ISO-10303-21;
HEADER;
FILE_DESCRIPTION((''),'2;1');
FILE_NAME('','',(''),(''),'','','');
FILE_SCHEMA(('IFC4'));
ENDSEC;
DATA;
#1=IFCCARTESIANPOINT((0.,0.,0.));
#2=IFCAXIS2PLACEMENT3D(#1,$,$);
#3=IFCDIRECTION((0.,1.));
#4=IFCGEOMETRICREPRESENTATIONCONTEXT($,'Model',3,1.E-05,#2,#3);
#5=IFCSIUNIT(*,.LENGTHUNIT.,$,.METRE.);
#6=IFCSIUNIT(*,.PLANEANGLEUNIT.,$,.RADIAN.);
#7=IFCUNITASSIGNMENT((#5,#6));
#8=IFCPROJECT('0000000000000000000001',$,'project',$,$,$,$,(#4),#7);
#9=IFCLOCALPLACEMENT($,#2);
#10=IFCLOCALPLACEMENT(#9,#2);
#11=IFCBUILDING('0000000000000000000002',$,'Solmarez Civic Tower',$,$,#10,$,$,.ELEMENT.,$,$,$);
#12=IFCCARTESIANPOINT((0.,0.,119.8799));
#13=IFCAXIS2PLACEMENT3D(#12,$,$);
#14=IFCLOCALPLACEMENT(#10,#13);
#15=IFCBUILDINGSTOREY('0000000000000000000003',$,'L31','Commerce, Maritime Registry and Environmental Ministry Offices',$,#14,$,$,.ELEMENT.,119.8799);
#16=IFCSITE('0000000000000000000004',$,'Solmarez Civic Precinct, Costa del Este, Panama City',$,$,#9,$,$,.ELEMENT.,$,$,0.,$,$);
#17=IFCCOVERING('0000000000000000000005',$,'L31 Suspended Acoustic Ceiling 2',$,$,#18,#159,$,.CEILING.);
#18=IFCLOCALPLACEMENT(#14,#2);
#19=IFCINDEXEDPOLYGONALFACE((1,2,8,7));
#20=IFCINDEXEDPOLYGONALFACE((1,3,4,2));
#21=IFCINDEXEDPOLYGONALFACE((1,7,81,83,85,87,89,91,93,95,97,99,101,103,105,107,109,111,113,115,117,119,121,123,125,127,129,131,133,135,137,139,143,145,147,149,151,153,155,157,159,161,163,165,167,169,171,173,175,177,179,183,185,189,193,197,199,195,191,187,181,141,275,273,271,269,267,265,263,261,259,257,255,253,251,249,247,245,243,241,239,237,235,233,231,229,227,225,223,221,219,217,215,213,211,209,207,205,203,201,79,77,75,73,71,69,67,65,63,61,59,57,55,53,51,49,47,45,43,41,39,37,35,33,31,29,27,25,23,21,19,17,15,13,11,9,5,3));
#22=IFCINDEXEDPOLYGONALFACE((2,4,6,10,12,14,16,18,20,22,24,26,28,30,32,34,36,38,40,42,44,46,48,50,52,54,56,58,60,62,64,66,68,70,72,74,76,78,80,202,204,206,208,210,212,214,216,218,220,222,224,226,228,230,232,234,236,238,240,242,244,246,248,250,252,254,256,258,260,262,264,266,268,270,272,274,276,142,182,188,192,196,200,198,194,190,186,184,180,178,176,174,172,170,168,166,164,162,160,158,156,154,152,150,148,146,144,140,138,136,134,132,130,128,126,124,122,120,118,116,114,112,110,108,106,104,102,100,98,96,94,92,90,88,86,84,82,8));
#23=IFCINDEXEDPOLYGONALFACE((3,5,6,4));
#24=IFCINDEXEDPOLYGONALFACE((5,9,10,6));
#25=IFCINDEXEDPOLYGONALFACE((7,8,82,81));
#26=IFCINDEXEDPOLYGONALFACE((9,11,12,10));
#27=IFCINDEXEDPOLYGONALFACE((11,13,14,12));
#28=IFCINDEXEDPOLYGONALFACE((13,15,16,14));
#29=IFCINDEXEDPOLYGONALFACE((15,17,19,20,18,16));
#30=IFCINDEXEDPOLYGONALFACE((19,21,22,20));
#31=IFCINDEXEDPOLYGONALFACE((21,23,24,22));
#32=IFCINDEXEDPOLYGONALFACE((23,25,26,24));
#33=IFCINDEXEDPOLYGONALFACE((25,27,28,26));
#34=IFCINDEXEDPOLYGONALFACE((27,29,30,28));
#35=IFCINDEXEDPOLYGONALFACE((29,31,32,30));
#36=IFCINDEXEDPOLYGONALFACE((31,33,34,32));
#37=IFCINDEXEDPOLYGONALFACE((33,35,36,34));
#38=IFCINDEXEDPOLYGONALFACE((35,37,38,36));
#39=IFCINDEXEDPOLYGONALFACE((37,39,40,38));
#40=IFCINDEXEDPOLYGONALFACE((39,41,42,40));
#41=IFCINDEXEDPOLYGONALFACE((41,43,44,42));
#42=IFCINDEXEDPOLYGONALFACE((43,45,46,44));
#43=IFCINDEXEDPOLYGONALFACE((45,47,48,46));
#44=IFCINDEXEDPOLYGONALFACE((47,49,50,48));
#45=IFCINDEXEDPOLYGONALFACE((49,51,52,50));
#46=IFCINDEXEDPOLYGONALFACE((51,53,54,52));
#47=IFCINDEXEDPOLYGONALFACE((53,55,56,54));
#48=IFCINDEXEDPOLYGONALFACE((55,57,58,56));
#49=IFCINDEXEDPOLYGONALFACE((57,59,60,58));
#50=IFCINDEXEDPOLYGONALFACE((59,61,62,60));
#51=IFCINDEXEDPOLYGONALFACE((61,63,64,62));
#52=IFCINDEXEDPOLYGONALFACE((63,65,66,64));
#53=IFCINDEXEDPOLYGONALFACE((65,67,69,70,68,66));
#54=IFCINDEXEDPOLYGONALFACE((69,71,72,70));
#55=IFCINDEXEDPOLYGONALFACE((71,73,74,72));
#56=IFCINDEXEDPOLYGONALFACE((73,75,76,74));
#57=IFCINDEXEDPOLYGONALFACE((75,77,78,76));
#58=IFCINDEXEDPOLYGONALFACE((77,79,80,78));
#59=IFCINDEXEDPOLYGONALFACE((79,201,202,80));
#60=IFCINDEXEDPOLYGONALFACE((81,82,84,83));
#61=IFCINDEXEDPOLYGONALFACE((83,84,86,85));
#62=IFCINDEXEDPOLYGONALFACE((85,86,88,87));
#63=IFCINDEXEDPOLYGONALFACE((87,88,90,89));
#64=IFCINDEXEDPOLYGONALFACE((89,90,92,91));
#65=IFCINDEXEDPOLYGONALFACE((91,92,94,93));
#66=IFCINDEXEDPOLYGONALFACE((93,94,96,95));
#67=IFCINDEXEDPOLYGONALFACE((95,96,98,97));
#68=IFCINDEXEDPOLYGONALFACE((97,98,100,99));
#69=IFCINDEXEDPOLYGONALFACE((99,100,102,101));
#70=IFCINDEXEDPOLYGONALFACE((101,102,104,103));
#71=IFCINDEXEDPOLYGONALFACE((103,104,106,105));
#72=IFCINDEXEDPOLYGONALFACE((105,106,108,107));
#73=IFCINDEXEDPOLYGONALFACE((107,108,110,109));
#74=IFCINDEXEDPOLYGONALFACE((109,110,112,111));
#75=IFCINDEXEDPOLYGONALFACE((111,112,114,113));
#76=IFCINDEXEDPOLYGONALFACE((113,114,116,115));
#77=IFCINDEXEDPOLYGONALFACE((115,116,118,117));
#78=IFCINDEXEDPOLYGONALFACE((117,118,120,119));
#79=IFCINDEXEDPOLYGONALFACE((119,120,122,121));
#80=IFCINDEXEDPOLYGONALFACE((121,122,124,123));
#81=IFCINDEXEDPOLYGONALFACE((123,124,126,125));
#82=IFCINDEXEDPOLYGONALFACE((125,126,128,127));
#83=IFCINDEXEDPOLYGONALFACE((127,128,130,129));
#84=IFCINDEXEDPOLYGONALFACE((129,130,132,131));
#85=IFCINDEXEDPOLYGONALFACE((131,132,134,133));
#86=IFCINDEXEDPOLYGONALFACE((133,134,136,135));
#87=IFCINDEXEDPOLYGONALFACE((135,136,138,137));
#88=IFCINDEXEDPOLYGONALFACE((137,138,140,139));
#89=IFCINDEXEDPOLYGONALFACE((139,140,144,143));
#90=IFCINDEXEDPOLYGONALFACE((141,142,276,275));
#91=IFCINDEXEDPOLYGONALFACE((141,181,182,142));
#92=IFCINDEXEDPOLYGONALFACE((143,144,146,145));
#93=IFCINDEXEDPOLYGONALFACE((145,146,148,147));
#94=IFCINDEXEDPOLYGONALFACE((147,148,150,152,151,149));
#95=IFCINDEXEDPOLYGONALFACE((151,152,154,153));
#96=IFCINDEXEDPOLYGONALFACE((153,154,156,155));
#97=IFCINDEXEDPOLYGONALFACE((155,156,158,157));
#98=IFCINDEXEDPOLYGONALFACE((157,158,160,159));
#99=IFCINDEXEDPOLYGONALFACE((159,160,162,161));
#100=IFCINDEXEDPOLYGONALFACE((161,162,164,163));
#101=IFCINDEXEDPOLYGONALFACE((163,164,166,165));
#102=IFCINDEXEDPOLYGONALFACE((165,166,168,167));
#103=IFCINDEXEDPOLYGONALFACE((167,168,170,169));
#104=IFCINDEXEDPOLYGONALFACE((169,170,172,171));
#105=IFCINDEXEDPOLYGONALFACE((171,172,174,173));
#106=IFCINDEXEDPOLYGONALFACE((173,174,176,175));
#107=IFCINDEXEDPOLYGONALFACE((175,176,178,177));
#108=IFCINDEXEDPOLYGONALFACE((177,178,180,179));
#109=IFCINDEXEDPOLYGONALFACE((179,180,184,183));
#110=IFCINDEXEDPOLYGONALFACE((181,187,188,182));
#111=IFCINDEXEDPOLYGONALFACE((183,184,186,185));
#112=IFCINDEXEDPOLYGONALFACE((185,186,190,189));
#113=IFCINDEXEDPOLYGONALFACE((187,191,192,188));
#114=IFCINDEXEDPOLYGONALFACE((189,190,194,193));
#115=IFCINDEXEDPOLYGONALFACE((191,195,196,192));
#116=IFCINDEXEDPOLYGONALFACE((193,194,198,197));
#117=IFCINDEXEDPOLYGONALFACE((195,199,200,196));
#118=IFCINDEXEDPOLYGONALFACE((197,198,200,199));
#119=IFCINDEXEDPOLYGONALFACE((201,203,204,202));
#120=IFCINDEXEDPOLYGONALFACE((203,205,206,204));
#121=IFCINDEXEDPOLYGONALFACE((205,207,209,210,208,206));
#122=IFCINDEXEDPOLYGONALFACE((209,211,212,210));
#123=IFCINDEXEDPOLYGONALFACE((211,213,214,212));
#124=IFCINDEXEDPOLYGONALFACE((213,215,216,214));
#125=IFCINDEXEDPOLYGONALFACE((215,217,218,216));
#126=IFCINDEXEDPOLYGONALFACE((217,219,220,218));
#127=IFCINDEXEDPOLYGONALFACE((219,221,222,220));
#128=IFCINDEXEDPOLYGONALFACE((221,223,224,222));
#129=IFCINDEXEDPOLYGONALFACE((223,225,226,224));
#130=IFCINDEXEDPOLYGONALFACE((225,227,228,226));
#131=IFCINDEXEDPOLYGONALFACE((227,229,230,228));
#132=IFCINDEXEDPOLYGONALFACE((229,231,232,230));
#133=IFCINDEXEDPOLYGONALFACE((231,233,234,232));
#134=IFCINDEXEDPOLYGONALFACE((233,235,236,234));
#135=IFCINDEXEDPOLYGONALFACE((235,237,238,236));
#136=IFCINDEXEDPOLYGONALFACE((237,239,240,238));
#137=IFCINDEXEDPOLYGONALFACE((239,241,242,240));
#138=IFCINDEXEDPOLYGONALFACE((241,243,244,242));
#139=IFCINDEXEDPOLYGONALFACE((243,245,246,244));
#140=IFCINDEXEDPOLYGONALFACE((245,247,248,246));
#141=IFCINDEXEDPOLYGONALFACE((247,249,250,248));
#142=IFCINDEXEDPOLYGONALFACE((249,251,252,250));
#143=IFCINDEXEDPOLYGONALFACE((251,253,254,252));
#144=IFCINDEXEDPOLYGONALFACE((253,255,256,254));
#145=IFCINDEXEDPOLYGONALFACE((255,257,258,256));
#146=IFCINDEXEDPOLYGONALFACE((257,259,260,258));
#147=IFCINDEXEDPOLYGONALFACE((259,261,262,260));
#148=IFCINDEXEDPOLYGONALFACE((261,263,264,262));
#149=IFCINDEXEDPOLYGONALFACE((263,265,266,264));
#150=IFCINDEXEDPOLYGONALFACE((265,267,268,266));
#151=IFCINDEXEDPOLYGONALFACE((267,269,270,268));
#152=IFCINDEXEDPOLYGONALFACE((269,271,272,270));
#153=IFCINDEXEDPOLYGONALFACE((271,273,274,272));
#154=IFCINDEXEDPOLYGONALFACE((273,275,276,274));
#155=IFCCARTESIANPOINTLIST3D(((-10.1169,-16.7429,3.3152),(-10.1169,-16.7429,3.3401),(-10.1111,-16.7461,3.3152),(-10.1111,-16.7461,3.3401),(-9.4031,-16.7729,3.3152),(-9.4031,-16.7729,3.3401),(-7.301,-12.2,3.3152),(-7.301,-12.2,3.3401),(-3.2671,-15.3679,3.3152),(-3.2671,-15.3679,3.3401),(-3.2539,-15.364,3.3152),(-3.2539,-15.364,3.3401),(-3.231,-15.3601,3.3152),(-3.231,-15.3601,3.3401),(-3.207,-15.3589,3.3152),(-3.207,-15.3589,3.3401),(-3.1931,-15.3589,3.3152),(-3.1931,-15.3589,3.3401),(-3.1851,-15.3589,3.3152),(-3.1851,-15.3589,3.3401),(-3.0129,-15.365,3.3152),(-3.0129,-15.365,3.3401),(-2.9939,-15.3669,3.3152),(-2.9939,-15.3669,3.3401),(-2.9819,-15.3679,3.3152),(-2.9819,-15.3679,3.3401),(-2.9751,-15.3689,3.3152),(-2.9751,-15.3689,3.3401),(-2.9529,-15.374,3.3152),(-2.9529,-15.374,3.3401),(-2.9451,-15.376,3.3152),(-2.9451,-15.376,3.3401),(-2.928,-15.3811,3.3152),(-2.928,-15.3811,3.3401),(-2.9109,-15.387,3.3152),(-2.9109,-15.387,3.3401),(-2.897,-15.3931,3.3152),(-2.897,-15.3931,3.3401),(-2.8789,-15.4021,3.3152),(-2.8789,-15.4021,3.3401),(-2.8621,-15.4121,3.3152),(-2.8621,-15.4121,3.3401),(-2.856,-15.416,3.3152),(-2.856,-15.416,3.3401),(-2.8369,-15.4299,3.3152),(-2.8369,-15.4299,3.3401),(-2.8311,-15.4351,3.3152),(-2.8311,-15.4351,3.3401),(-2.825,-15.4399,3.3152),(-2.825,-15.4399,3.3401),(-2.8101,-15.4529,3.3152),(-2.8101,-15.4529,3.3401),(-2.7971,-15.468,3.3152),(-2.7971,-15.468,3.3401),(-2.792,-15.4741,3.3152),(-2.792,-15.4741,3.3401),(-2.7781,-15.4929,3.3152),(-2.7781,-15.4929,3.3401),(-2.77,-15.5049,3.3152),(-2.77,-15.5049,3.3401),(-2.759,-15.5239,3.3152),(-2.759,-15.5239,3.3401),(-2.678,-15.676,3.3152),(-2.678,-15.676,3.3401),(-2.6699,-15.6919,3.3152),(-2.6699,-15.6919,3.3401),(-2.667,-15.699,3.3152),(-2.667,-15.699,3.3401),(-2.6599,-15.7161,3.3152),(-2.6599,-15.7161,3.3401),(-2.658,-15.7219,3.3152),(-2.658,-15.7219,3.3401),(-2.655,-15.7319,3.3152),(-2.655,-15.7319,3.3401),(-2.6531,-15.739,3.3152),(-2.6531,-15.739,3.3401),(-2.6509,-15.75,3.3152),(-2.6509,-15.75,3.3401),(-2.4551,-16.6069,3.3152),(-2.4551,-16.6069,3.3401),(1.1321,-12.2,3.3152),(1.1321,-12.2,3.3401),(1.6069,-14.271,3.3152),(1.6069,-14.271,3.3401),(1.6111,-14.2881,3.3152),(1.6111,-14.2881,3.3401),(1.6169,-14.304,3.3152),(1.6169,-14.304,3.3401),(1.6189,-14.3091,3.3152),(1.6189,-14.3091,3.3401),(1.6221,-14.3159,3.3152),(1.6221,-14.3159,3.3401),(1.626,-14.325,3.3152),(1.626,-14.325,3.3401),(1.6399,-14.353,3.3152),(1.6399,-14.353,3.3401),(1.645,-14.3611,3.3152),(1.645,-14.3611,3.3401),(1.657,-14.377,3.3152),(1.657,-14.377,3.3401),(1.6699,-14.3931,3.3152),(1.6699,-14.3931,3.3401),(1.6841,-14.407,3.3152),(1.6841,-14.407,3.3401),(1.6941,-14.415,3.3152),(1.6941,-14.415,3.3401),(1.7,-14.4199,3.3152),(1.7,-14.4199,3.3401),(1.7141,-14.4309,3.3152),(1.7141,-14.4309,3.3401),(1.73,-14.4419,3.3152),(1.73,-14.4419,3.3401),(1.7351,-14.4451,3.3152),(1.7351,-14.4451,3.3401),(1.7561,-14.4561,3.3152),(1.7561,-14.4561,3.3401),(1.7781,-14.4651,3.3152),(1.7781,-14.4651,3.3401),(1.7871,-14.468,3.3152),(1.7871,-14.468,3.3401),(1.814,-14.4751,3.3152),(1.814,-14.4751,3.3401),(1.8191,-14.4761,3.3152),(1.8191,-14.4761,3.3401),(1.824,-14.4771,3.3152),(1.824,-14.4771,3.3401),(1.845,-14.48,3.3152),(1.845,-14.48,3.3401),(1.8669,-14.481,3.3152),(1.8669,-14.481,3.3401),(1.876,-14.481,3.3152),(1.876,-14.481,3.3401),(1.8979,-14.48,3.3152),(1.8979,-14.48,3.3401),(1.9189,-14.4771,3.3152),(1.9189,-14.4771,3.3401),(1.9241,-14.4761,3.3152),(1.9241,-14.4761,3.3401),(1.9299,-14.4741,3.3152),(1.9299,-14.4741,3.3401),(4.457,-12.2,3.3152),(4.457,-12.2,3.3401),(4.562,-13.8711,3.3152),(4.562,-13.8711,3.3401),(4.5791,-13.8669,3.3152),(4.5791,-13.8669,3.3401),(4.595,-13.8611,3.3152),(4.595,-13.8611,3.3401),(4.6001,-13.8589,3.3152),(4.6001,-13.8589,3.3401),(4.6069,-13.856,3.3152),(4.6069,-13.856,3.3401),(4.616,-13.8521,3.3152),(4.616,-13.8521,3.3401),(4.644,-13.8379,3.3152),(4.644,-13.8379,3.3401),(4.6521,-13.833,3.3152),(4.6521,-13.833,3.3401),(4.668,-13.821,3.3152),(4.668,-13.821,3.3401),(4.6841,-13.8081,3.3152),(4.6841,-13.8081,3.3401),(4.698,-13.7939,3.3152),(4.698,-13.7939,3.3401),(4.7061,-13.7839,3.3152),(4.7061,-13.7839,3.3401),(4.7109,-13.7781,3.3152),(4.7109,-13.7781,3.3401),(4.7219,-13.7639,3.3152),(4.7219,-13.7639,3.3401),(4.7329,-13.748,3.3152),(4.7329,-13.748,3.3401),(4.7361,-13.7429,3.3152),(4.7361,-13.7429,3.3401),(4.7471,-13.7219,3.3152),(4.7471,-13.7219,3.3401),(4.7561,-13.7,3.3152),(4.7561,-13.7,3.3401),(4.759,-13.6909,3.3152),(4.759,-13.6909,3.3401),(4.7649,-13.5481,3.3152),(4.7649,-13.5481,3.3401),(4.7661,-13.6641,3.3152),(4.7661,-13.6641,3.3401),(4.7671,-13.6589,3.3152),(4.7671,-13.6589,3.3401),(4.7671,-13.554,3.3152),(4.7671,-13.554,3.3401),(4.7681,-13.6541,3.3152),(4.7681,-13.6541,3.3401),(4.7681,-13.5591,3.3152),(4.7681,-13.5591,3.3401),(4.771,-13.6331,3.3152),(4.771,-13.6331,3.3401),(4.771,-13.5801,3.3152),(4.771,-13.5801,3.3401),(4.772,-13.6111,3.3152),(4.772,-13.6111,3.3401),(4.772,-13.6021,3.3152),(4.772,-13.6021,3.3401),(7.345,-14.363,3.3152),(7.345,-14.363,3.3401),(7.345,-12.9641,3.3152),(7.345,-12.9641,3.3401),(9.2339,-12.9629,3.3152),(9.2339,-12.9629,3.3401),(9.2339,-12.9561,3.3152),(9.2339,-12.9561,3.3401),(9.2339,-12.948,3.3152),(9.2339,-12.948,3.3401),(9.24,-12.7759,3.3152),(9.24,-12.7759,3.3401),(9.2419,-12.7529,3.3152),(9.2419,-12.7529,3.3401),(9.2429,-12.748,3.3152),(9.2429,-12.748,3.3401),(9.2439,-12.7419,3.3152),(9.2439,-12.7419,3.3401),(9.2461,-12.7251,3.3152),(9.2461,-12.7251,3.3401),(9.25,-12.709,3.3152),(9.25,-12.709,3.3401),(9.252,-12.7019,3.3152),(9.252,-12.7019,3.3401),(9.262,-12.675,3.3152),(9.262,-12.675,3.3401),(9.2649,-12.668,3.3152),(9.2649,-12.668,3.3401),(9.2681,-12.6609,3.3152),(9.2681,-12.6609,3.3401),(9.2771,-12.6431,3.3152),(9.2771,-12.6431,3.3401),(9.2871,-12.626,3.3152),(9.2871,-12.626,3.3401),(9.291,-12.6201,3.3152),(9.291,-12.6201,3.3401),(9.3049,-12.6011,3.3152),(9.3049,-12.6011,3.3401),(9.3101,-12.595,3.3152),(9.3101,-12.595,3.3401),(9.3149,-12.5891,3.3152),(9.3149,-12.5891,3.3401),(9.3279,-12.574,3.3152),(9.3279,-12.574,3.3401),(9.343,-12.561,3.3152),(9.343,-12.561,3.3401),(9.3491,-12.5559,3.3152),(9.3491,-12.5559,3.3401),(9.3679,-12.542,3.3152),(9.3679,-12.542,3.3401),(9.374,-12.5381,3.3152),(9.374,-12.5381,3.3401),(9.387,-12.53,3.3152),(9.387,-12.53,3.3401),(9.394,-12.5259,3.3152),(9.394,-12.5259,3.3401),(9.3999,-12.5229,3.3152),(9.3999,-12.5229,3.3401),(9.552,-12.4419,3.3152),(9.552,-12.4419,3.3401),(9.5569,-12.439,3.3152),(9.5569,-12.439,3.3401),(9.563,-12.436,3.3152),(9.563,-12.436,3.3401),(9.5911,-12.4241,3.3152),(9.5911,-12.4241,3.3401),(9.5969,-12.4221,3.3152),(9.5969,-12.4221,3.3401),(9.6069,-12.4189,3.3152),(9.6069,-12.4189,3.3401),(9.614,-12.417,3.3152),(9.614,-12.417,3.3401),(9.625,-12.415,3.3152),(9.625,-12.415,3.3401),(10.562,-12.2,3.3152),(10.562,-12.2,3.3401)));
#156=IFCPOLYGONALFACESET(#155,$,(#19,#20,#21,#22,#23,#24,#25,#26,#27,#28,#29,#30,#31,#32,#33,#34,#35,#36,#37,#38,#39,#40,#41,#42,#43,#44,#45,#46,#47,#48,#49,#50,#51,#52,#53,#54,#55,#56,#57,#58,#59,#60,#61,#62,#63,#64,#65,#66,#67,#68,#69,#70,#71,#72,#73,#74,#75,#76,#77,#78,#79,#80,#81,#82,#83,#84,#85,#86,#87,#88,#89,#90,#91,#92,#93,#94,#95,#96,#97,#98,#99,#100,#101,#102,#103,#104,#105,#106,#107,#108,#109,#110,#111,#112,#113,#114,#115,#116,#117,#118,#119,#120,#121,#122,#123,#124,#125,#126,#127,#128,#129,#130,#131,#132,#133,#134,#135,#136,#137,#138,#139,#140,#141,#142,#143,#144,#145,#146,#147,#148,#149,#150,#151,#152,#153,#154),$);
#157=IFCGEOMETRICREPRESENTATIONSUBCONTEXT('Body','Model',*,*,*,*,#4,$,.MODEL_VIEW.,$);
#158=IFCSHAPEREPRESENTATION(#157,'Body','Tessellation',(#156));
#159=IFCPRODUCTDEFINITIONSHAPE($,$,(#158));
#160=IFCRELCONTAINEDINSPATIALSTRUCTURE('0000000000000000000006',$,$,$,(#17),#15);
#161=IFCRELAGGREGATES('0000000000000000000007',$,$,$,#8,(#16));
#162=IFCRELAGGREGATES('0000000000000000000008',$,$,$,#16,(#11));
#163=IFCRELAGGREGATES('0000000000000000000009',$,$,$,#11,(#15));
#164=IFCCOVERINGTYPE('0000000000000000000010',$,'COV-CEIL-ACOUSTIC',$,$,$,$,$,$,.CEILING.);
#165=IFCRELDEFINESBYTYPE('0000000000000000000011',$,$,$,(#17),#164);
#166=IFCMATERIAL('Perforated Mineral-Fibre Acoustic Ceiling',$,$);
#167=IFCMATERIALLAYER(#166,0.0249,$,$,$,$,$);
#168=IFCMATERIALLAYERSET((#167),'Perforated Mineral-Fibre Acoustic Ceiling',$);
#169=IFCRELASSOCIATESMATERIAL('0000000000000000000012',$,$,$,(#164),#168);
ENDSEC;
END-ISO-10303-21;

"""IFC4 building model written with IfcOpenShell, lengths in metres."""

from ifc_helpers import new_model, si_unit, direction, frame, origin, place, context, subcontext, project, spatial, polyline, outline, extrude, material, layer, layer_set, type_object, element, save


model = new_model("IFC4")

# Units and contexts
model_context = context("Model", 3, precision=1e-05, world=origin(), true_north=direction((0.0, 1.0)))
body_context = subcontext(model_context, "Body", "Model", "MODEL_VIEW")
ifc_project = project(units=[si_unit("LENGTHUNIT", "METRE"), si_unit("PLANEANGLEUNIT", "RADIAN")], contexts=[model_context])

# Site, building, storey
site_placement = place(None, origin())
site = spatial("IfcSite", under=ifc_project, at=site_placement, Name="Solmarez Civic Precinct, Costa del Este, Panama City", CompositionType="ELEMENT", RefElevation=0.0)
building_placement = place(site_placement, origin())
building = spatial("IfcBuilding", under=site, at=building_placement, Name="Solmarez Civic Tower", CompositionType="ELEMENT")
storey_placement = place(building_placement, frame((0.0, 0.0, 119.8799)))
storey = spatial("IfcBuildingStorey", under=building, at=storey_placement, Name="L31", Description="Commerce, Maritime Registry and Environmental Ministry Offices", CompositionType="ELEMENT", Elevation=119.8799)

# Covering
ifc_material_1 = material(Name="Perforated Mineral-Fibre Acoustic Ceiling")
ifc_layer_1 = layer(ifc_material_1, 0.0249)
ifc_layer_set_1 = layer_set([ifc_layer_1], Name="Perforated Mineral-Fibre Acoustic Ceiling")
covering_type_1 = type_object("IfcCoveringType", Name="COV-CEIL-ACOUSTIC", PredefinedType="CEILING", material=ifc_layer_set_1)
covering_1_placement = place(storey_placement, frame((0.0, 0.0, 3.3152)))
element("IfcCovering", 1, at=covering_1_placement, inside=storey, type_object=covering_type_1, Name="L31 Suspended Acoustic Ceiling 2", PredefinedType="CEILING", context=body_context, shape_type="SweptSolid", body=[
    extrude(outline(polyline([(-3.2671, -15.3679), (-3.2539, -15.364), (-3.231, -15.3601), (-3.207, -15.3589), (-3.1931, -15.3589), (-3.1851, -15.3589), (-3.0129, -15.365), (-2.9939, -15.3669), (-2.9819, -15.3679), (-2.9751, -15.3689), (-2.9529, -15.374), (-2.9451, -15.376), (-2.928, -15.3811), (-2.9109, -15.387), (-2.897, -15.3931), (-2.8789, -15.4021), (-2.8621, -15.4121), (-2.856, -15.416), (-2.8369, -15.4299), (-2.8311, -15.4351), (-2.825, -15.4399), (-2.8101, -15.4529), (-2.7971, -15.468), (-2.792, -15.4741), (-2.7781, -15.4929), (-2.77, -15.5049), (-2.759, -15.5239), (-2.678, -15.676), (-2.6699, -15.6919), (-2.667, -15.699), (-2.6599, -15.7161), (-2.658, -15.7219), (-2.655, -15.7319), (-2.6531, -15.739), (-2.6509, -15.75), (-2.4551, -16.6069), (7.345, -14.363), (7.345, -12.9641), (9.2339, -12.9629), (9.2339, -12.9561), (9.2339, -12.948), (9.24, -12.7759), (9.2419, -12.7529), (9.2429, -12.748), (9.2439, -12.7419), (9.2461, -12.7251), (9.25, -12.709), (9.252, -12.7019), (9.262, -12.675), (9.2649, -12.668), (9.2681, -12.6609), (9.2771, -12.6431), (9.2871, -12.626), (9.291, -12.6201), (9.3049, -12.6011), (9.3101, -12.595), (9.3149, -12.5891), (9.3279, -12.574), (9.343, -12.561), (9.3491, -12.5559), (9.3679, -12.542), (9.374, -12.5381), (9.387, -12.53), (9.394, -12.5259), (9.3999, -12.5229), (9.552, -12.4419), (9.5569, -12.439), (9.563, -12.436), (9.5911, -12.4241), (9.5969, -12.4221), (9.6069, -12.4189), (9.614, -12.417), (9.625, -12.415), (10.562, -12.2), (4.457, -12.2), (4.7649, -13.5481), (4.7671, -13.554), (4.7681, -13.5591), (4.771, -13.5801), (4.772, -13.6021), (4.772, -13.6111), (4.771, -13.6331), (4.7681, -13.6541), (4.7671, -13.6589), (4.7661, -13.6641), (4.759, -13.6909), (4.7561, -13.7), (4.7471, -13.7219), (4.7361, -13.7429), (4.7329, -13.748), (4.7219, -13.7639), (4.7109, -13.7781), (4.7061, -13.7839), (4.698, -13.7939), (4.6841, -13.8081), (4.668, -13.821), (4.6521, -13.833), (4.644, -13.8379), (4.616, -13.8521), (4.6069, -13.856), (4.6001, -13.8589), (4.595, -13.8611), (4.5791, -13.8669), (4.562, -13.8711), (1.9299, -14.4741), (1.9241, -14.4761), (1.9189, -14.4771), (1.8979, -14.48), (1.876, -14.481), (1.8669, -14.481), (1.845, -14.48), (1.824, -14.4771), (1.8191, -14.4761), (1.814, -14.4751), (1.7871, -14.468), (1.7781, -14.4651), (1.7561, -14.4561), (1.7351, -14.4451), (1.73, -14.4419), (1.7141, -14.4309), (1.7, -14.4199), (1.6941, -14.415), (1.6841, -14.407), (1.6699, -14.3931), (1.657, -14.377), (1.645, -14.3611), (1.6399, -14.353), (1.626, -14.325), (1.6221, -14.3159), (1.6189, -14.3091), (1.6169, -14.304), (1.6111, -14.2881), (1.6069, -14.271), (1.1321, -12.2), (-7.301, -12.2), (-10.1169, -16.7429), (-10.1111, -16.7461), (-9.4031, -16.7729), (-3.2671, -15.3679)])), origin(), (0.0, 0.0, 1.0), 0.0249),
])

save(model, "model.ifc")
